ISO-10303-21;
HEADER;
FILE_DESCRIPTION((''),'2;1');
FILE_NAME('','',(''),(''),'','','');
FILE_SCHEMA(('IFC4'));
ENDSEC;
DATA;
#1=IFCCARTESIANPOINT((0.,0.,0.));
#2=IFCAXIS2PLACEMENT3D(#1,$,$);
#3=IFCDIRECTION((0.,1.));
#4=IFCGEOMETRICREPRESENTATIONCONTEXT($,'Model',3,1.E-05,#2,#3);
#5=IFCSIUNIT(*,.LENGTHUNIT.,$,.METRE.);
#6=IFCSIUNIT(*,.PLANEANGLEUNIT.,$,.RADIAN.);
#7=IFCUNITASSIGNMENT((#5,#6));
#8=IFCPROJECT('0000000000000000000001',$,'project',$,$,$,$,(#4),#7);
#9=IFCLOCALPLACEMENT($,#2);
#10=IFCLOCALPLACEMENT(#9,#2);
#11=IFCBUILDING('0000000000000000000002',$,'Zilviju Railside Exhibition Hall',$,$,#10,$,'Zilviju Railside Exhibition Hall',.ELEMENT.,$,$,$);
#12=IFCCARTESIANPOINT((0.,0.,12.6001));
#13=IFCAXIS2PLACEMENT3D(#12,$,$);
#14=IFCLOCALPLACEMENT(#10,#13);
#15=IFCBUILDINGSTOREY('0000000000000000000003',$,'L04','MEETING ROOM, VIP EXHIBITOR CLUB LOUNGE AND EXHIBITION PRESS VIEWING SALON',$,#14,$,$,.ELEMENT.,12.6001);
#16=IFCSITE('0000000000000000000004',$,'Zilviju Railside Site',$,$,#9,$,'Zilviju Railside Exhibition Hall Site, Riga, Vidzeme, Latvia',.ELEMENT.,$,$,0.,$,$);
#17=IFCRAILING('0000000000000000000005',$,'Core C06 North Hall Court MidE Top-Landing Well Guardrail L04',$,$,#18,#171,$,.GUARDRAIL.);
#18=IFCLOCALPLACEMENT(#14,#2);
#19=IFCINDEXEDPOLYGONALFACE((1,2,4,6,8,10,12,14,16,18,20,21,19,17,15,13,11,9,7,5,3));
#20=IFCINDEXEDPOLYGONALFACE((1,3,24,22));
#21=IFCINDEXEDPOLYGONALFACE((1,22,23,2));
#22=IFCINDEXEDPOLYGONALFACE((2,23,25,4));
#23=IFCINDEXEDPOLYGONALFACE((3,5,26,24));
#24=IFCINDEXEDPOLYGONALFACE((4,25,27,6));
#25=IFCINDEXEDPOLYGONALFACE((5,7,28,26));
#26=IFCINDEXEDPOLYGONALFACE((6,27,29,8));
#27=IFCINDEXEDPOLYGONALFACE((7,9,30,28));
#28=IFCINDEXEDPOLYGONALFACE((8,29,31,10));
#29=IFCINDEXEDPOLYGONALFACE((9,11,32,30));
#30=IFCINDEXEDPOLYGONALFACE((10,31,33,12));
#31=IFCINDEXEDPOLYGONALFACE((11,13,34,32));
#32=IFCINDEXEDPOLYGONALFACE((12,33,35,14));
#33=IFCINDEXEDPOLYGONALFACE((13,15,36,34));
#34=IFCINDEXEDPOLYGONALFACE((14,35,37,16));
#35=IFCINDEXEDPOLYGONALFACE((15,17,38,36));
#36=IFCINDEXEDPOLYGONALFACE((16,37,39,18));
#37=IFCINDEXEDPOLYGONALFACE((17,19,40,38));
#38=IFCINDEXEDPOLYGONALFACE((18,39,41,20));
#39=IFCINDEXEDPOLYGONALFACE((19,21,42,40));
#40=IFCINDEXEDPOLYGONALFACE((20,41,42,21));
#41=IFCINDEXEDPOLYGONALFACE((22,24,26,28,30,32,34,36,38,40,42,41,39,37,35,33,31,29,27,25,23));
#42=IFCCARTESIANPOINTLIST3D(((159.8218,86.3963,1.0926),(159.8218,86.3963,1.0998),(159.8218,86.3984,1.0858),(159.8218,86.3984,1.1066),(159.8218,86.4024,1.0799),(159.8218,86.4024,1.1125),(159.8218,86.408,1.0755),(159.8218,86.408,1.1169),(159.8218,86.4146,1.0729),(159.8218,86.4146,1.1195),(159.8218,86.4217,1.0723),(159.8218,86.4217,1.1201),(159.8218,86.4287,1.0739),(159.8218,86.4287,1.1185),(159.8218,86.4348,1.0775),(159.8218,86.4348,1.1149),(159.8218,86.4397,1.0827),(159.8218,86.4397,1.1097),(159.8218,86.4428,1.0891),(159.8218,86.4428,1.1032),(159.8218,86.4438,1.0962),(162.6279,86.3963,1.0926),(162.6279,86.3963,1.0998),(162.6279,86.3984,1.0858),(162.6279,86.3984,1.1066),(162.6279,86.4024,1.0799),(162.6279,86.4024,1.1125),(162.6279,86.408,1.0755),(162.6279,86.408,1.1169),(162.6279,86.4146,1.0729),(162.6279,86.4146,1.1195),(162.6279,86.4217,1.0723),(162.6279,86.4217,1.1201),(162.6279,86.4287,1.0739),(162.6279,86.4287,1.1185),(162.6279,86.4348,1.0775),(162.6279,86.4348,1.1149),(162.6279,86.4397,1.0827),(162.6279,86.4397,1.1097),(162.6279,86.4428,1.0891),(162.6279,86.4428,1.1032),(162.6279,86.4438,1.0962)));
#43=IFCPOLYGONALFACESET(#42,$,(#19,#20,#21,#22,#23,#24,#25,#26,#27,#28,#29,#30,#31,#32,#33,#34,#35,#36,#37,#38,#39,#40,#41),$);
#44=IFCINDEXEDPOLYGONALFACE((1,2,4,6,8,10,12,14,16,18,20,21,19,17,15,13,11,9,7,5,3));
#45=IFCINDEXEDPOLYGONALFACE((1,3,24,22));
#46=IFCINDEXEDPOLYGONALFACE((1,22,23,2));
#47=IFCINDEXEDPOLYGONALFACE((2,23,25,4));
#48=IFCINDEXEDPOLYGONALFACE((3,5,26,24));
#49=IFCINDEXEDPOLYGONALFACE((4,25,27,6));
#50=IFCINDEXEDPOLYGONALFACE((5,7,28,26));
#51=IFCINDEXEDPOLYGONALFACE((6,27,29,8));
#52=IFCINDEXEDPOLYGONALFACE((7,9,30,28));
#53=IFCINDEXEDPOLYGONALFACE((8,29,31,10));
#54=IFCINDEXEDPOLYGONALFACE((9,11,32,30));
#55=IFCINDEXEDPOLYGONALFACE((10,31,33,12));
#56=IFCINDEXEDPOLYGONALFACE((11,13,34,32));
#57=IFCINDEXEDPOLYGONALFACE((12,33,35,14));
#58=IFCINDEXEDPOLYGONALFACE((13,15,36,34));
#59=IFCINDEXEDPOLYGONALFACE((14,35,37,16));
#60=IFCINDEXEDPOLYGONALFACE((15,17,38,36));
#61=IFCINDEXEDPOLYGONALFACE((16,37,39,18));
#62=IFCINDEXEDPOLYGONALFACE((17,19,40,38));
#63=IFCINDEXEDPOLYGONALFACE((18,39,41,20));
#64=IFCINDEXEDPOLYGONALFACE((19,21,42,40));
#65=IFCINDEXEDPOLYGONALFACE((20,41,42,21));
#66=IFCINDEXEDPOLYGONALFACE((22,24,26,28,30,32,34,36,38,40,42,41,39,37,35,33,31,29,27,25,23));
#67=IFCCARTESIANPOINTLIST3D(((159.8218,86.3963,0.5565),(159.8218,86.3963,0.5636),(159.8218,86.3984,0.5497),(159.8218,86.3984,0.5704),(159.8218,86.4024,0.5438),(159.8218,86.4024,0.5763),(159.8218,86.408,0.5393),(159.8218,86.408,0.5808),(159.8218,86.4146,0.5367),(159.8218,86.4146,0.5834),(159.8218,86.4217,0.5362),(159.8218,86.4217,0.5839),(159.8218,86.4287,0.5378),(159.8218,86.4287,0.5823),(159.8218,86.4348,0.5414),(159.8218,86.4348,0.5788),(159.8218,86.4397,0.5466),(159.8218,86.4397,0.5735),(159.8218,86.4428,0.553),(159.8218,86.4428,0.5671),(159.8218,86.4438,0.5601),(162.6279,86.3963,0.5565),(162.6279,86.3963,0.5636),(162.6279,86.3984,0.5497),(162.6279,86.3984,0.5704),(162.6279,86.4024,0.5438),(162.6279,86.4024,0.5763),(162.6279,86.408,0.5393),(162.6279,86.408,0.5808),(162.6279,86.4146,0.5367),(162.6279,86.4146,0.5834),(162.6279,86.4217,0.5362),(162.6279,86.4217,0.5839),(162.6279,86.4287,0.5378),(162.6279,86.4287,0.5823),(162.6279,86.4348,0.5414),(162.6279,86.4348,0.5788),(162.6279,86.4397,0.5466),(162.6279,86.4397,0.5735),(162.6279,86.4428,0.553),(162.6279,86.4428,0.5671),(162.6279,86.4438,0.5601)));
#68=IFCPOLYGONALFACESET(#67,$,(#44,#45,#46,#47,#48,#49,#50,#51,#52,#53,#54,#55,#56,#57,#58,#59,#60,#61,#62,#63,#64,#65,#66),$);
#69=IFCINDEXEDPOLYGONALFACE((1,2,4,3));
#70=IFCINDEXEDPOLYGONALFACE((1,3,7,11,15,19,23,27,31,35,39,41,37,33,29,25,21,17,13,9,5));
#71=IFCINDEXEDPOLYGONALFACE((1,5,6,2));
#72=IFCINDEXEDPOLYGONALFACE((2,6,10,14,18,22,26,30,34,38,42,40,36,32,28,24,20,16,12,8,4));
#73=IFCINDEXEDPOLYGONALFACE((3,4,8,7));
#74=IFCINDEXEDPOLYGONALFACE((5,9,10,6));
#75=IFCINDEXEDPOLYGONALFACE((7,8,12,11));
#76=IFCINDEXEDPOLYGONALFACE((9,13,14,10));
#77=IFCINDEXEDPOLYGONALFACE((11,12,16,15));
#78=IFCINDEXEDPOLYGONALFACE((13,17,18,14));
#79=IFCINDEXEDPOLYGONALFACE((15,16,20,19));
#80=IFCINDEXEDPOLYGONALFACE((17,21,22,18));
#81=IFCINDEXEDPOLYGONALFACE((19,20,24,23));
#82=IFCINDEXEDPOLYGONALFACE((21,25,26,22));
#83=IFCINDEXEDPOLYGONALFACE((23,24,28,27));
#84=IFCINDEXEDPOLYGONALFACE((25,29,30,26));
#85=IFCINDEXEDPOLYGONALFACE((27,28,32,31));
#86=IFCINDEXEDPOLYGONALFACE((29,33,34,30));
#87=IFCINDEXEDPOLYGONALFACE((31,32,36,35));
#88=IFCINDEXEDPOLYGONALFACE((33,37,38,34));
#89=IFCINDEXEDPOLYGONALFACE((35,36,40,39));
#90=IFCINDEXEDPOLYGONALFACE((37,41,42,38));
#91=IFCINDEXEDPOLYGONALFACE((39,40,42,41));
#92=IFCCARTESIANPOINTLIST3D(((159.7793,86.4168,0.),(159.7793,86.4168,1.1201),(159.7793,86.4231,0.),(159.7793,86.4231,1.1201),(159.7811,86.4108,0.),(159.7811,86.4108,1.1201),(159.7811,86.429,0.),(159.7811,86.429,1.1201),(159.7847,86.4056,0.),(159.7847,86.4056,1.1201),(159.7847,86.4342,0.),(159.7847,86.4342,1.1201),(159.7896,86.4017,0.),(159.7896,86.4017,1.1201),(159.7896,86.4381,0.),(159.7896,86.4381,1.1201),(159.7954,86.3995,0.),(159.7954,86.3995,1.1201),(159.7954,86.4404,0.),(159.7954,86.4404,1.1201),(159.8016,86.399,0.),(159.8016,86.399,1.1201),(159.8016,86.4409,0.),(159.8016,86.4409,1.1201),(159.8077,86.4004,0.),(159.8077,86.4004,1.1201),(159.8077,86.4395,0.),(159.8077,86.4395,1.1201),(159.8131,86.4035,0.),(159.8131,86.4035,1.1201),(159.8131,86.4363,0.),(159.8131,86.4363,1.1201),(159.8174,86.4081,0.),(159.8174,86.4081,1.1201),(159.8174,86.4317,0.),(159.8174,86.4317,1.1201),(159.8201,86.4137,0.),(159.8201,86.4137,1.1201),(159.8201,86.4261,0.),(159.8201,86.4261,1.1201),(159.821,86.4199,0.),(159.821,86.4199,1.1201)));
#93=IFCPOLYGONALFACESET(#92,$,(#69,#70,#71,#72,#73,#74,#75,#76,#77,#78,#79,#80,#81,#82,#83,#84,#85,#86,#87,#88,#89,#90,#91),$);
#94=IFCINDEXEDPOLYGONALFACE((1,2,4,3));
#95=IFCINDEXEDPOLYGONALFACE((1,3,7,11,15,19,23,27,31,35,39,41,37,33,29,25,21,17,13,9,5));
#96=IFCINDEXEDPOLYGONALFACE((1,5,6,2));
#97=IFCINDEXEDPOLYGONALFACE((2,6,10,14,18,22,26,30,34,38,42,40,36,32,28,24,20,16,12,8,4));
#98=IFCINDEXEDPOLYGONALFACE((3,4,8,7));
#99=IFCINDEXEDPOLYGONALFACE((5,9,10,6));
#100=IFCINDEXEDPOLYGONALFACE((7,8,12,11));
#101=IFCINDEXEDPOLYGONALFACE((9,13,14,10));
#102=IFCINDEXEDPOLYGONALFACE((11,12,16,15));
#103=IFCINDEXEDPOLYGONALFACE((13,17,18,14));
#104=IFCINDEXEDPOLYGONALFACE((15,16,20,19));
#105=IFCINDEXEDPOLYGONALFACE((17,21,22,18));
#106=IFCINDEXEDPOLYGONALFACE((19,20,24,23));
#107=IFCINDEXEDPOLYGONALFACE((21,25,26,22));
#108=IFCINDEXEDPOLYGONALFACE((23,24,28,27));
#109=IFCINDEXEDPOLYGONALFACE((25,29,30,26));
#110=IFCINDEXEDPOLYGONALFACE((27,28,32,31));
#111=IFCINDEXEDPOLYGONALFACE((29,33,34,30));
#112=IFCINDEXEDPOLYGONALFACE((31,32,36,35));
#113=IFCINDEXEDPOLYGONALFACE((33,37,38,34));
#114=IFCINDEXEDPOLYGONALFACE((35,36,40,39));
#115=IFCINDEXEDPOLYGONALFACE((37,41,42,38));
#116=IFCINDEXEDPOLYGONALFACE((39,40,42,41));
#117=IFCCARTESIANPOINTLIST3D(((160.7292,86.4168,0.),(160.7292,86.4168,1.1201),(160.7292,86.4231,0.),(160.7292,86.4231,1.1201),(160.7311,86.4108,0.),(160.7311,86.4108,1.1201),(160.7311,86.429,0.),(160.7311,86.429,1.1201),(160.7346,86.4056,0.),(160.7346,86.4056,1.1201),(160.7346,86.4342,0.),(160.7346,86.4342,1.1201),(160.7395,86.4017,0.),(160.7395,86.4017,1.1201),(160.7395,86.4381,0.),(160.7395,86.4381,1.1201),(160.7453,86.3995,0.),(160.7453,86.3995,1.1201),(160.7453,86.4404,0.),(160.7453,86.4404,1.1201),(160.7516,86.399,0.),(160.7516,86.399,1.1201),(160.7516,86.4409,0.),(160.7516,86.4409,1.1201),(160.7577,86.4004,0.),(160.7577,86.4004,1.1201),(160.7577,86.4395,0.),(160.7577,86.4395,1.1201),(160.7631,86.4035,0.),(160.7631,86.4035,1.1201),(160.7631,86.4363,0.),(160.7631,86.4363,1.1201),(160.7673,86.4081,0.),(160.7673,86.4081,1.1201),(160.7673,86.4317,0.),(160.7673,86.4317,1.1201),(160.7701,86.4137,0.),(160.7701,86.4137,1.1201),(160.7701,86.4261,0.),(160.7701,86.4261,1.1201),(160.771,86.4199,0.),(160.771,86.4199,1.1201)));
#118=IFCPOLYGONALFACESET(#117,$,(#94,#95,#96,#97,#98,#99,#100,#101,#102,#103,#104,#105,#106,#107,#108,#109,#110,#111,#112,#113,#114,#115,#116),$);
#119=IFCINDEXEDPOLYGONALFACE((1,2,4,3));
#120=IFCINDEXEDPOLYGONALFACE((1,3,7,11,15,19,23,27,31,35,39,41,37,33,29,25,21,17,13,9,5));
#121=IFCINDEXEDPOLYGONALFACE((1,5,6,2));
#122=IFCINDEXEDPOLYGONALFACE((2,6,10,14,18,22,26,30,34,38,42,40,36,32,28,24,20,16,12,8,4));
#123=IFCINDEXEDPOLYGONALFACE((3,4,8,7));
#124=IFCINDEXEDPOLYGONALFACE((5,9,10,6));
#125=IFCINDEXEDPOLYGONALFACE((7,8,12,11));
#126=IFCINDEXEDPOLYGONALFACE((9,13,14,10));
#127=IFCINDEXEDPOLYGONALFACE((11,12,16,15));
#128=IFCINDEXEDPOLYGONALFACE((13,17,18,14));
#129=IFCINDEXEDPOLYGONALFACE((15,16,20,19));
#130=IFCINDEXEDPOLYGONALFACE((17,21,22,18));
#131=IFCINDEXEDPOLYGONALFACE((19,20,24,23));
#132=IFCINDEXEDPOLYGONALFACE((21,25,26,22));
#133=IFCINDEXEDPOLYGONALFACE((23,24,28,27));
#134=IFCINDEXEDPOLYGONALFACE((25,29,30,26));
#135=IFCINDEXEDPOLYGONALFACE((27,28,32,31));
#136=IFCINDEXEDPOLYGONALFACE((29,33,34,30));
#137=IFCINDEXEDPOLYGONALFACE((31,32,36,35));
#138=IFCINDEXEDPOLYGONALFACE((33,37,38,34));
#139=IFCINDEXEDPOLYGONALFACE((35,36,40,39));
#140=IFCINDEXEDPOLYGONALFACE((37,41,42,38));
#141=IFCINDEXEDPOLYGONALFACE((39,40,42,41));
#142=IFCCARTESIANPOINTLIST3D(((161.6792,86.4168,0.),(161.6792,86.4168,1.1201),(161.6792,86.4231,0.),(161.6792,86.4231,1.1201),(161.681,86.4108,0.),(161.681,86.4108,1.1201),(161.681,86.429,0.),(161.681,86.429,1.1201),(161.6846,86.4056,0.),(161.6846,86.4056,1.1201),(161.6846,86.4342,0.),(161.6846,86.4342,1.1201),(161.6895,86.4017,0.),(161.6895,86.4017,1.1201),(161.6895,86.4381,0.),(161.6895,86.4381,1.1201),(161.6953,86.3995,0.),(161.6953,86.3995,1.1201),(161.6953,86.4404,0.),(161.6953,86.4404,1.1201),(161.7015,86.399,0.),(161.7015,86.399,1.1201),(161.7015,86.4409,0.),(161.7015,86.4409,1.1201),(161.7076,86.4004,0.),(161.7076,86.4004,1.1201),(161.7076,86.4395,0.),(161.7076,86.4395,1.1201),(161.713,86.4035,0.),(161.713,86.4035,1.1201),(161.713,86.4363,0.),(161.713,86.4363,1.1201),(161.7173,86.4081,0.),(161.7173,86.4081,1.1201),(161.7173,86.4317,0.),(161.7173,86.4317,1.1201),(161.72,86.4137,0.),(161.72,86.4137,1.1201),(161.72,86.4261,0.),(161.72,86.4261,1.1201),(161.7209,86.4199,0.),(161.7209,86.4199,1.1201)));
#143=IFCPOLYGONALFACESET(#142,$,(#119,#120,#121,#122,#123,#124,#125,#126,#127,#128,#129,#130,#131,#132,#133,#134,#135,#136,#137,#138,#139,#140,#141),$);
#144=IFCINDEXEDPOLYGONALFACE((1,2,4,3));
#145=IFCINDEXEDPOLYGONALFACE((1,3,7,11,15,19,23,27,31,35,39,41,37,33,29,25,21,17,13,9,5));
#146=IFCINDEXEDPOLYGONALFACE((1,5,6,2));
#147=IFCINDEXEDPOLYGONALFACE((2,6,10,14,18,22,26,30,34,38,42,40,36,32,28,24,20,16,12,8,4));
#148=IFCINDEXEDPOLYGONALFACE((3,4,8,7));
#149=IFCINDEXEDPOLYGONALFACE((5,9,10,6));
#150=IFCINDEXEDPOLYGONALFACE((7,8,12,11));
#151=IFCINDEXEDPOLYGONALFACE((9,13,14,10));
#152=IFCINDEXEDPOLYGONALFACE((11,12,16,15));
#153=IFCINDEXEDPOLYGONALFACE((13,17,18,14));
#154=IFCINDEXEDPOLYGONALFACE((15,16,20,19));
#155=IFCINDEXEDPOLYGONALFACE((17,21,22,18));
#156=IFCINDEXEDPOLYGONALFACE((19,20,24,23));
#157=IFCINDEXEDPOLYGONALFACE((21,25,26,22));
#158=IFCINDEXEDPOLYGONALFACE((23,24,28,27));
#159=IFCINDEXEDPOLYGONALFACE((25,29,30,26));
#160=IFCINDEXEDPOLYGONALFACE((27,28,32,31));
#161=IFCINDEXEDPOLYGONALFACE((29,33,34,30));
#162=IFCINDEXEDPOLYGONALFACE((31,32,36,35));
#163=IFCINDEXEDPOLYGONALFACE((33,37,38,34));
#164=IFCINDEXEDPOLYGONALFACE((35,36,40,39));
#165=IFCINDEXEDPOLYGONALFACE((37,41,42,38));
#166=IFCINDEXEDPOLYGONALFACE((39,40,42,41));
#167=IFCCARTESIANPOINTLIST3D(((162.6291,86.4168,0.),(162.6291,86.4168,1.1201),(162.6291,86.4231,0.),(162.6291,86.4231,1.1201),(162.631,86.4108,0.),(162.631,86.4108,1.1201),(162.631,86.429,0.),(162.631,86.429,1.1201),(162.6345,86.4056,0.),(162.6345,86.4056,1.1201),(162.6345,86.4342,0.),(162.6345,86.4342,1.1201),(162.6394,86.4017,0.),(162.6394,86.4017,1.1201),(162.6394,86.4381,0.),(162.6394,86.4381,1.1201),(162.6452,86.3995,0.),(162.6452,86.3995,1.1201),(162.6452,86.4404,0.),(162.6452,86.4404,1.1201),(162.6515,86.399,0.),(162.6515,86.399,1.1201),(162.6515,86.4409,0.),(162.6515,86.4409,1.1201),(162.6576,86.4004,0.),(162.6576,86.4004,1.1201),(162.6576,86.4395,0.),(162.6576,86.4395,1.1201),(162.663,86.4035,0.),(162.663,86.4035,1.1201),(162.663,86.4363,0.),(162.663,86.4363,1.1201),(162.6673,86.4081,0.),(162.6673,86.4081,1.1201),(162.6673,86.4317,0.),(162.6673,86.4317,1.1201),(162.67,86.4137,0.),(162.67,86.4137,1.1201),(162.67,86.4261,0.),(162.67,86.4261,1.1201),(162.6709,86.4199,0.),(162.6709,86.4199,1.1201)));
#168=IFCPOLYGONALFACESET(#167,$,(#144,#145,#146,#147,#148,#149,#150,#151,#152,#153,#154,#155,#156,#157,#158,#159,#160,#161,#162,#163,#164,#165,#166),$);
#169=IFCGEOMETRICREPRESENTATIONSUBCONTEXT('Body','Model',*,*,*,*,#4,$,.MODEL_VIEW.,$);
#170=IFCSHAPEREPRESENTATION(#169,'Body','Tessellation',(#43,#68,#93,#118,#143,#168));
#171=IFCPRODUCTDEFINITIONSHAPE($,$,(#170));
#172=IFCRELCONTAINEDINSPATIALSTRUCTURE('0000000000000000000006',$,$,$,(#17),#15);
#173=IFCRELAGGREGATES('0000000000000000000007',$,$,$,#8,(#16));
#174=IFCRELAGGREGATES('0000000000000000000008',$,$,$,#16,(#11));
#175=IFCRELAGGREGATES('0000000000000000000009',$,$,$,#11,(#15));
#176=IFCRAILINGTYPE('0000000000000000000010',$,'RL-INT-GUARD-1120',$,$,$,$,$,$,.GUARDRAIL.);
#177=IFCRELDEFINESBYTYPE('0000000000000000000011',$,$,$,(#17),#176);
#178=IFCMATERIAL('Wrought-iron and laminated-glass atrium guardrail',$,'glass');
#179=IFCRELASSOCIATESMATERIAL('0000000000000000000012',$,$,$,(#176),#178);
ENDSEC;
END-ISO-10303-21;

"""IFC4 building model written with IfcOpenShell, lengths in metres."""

from ifc_helpers import new_model, si_unit, direction, frame, origin, origin_2d, place, context, subcontext, project, spatial, circle, extrude, material, type_object, element, save


model = new_model("IFC4")

# Units and contexts
model_context = context("Model", 3, precision=1e-05, world=origin(), true_north=direction((0.0, 1.0)))
body_context = subcontext(model_context, "Body", "Model", "MODEL_VIEW")
ifc_project = project(units=[si_unit("LENGTHUNIT", "METRE"), si_unit("PLANEANGLEUNIT", "RADIAN")], contexts=[model_context])

# Site, building, storey
site_placement = place(None, origin())
site = spatial("IfcSite", under=ifc_project, at=site_placement, Name="Zilviju Railside Site", LongName="Zilviju Railside Exhibition Hall Site, Riga, Vidzeme, Latvia", CompositionType="ELEMENT", RefElevation=0.0)
building_placement = place(site_placement, origin())
building = spatial("IfcBuilding", under=site, at=building_placement, Name="Zilviju Railside Exhibition Hall", LongName="Zilviju Railside Exhibition Hall", CompositionType="ELEMENT")
storey_placement = place(building_placement, frame((0.0, 0.0, 12.6001)))
storey = spatial("IfcBuildingStorey", under=building, at=storey_placement, Name="L04", Description="MEETING ROOM, VIP EXHIBITOR CLUB LOUNGE AND EXHIBITION PRESS VIEWING SALON", CompositionType="ELEMENT", Elevation=12.6001)

# Railing
ifc_material_1 = material(Name="Wrought-iron and laminated-glass atrium guardrail", Category="glass")
railing_type = type_object("IfcRailingType", Name="RL-INT-GUARD-1120", PredefinedType="GUARDRAIL", material=ifc_material_1)
railing_1_placement = place(storey_placement, frame((159.8, 86.4199, 0.0)))
element("IfcRailing", 1, at=railing_1_placement, inside=storey, type_object=railing_type, Name="Core C06 North Hall Court MidE Top-Landing Well Guardrail L04", PredefinedType="GUARDRAIL", context=body_context, shape_type="SweptSolid", body=[
    extrude(circle(Radius=0.0239, at=origin_2d()), frame((0.0217, 0.0, 1.0962), z_axis=(1.0, 0.0, 0.0), x_axis=(0.0, 1.0, 0.0)), (0.0, 0.0, 1.0), 2.8062),
    extrude(circle(Radius=0.0239, at=origin_2d()), frame((0.0217, 0.0, 0.5601), z_axis=(1.0, 0.0, 0.0), x_axis=(0.0, 1.0, 0.0)), (0.0, 0.0, 1.0), 2.8062),
    extrude(circle(Radius=0.021, at=origin_2d()), origin(), (0.0, 0.0, 1.0), 1.1201),
    extrude(circle(Radius=0.021, at=origin_2d()), frame((0.95, 0.0, 0.0)), (0.0, 0.0, 1.0), 1.1201),
    extrude(circle(Radius=0.021, at=origin_2d()), frame((1.8999, 0.0, 0.0)), (0.0, 0.0, 1.0), 1.1201),
    extrude(circle(Radius=0.021, at=origin_2d()), frame((2.8499, 0.0, 0.0)), (0.0, 0.0, 1.0), 1.1201),
])

save(model, "model.ifc")
